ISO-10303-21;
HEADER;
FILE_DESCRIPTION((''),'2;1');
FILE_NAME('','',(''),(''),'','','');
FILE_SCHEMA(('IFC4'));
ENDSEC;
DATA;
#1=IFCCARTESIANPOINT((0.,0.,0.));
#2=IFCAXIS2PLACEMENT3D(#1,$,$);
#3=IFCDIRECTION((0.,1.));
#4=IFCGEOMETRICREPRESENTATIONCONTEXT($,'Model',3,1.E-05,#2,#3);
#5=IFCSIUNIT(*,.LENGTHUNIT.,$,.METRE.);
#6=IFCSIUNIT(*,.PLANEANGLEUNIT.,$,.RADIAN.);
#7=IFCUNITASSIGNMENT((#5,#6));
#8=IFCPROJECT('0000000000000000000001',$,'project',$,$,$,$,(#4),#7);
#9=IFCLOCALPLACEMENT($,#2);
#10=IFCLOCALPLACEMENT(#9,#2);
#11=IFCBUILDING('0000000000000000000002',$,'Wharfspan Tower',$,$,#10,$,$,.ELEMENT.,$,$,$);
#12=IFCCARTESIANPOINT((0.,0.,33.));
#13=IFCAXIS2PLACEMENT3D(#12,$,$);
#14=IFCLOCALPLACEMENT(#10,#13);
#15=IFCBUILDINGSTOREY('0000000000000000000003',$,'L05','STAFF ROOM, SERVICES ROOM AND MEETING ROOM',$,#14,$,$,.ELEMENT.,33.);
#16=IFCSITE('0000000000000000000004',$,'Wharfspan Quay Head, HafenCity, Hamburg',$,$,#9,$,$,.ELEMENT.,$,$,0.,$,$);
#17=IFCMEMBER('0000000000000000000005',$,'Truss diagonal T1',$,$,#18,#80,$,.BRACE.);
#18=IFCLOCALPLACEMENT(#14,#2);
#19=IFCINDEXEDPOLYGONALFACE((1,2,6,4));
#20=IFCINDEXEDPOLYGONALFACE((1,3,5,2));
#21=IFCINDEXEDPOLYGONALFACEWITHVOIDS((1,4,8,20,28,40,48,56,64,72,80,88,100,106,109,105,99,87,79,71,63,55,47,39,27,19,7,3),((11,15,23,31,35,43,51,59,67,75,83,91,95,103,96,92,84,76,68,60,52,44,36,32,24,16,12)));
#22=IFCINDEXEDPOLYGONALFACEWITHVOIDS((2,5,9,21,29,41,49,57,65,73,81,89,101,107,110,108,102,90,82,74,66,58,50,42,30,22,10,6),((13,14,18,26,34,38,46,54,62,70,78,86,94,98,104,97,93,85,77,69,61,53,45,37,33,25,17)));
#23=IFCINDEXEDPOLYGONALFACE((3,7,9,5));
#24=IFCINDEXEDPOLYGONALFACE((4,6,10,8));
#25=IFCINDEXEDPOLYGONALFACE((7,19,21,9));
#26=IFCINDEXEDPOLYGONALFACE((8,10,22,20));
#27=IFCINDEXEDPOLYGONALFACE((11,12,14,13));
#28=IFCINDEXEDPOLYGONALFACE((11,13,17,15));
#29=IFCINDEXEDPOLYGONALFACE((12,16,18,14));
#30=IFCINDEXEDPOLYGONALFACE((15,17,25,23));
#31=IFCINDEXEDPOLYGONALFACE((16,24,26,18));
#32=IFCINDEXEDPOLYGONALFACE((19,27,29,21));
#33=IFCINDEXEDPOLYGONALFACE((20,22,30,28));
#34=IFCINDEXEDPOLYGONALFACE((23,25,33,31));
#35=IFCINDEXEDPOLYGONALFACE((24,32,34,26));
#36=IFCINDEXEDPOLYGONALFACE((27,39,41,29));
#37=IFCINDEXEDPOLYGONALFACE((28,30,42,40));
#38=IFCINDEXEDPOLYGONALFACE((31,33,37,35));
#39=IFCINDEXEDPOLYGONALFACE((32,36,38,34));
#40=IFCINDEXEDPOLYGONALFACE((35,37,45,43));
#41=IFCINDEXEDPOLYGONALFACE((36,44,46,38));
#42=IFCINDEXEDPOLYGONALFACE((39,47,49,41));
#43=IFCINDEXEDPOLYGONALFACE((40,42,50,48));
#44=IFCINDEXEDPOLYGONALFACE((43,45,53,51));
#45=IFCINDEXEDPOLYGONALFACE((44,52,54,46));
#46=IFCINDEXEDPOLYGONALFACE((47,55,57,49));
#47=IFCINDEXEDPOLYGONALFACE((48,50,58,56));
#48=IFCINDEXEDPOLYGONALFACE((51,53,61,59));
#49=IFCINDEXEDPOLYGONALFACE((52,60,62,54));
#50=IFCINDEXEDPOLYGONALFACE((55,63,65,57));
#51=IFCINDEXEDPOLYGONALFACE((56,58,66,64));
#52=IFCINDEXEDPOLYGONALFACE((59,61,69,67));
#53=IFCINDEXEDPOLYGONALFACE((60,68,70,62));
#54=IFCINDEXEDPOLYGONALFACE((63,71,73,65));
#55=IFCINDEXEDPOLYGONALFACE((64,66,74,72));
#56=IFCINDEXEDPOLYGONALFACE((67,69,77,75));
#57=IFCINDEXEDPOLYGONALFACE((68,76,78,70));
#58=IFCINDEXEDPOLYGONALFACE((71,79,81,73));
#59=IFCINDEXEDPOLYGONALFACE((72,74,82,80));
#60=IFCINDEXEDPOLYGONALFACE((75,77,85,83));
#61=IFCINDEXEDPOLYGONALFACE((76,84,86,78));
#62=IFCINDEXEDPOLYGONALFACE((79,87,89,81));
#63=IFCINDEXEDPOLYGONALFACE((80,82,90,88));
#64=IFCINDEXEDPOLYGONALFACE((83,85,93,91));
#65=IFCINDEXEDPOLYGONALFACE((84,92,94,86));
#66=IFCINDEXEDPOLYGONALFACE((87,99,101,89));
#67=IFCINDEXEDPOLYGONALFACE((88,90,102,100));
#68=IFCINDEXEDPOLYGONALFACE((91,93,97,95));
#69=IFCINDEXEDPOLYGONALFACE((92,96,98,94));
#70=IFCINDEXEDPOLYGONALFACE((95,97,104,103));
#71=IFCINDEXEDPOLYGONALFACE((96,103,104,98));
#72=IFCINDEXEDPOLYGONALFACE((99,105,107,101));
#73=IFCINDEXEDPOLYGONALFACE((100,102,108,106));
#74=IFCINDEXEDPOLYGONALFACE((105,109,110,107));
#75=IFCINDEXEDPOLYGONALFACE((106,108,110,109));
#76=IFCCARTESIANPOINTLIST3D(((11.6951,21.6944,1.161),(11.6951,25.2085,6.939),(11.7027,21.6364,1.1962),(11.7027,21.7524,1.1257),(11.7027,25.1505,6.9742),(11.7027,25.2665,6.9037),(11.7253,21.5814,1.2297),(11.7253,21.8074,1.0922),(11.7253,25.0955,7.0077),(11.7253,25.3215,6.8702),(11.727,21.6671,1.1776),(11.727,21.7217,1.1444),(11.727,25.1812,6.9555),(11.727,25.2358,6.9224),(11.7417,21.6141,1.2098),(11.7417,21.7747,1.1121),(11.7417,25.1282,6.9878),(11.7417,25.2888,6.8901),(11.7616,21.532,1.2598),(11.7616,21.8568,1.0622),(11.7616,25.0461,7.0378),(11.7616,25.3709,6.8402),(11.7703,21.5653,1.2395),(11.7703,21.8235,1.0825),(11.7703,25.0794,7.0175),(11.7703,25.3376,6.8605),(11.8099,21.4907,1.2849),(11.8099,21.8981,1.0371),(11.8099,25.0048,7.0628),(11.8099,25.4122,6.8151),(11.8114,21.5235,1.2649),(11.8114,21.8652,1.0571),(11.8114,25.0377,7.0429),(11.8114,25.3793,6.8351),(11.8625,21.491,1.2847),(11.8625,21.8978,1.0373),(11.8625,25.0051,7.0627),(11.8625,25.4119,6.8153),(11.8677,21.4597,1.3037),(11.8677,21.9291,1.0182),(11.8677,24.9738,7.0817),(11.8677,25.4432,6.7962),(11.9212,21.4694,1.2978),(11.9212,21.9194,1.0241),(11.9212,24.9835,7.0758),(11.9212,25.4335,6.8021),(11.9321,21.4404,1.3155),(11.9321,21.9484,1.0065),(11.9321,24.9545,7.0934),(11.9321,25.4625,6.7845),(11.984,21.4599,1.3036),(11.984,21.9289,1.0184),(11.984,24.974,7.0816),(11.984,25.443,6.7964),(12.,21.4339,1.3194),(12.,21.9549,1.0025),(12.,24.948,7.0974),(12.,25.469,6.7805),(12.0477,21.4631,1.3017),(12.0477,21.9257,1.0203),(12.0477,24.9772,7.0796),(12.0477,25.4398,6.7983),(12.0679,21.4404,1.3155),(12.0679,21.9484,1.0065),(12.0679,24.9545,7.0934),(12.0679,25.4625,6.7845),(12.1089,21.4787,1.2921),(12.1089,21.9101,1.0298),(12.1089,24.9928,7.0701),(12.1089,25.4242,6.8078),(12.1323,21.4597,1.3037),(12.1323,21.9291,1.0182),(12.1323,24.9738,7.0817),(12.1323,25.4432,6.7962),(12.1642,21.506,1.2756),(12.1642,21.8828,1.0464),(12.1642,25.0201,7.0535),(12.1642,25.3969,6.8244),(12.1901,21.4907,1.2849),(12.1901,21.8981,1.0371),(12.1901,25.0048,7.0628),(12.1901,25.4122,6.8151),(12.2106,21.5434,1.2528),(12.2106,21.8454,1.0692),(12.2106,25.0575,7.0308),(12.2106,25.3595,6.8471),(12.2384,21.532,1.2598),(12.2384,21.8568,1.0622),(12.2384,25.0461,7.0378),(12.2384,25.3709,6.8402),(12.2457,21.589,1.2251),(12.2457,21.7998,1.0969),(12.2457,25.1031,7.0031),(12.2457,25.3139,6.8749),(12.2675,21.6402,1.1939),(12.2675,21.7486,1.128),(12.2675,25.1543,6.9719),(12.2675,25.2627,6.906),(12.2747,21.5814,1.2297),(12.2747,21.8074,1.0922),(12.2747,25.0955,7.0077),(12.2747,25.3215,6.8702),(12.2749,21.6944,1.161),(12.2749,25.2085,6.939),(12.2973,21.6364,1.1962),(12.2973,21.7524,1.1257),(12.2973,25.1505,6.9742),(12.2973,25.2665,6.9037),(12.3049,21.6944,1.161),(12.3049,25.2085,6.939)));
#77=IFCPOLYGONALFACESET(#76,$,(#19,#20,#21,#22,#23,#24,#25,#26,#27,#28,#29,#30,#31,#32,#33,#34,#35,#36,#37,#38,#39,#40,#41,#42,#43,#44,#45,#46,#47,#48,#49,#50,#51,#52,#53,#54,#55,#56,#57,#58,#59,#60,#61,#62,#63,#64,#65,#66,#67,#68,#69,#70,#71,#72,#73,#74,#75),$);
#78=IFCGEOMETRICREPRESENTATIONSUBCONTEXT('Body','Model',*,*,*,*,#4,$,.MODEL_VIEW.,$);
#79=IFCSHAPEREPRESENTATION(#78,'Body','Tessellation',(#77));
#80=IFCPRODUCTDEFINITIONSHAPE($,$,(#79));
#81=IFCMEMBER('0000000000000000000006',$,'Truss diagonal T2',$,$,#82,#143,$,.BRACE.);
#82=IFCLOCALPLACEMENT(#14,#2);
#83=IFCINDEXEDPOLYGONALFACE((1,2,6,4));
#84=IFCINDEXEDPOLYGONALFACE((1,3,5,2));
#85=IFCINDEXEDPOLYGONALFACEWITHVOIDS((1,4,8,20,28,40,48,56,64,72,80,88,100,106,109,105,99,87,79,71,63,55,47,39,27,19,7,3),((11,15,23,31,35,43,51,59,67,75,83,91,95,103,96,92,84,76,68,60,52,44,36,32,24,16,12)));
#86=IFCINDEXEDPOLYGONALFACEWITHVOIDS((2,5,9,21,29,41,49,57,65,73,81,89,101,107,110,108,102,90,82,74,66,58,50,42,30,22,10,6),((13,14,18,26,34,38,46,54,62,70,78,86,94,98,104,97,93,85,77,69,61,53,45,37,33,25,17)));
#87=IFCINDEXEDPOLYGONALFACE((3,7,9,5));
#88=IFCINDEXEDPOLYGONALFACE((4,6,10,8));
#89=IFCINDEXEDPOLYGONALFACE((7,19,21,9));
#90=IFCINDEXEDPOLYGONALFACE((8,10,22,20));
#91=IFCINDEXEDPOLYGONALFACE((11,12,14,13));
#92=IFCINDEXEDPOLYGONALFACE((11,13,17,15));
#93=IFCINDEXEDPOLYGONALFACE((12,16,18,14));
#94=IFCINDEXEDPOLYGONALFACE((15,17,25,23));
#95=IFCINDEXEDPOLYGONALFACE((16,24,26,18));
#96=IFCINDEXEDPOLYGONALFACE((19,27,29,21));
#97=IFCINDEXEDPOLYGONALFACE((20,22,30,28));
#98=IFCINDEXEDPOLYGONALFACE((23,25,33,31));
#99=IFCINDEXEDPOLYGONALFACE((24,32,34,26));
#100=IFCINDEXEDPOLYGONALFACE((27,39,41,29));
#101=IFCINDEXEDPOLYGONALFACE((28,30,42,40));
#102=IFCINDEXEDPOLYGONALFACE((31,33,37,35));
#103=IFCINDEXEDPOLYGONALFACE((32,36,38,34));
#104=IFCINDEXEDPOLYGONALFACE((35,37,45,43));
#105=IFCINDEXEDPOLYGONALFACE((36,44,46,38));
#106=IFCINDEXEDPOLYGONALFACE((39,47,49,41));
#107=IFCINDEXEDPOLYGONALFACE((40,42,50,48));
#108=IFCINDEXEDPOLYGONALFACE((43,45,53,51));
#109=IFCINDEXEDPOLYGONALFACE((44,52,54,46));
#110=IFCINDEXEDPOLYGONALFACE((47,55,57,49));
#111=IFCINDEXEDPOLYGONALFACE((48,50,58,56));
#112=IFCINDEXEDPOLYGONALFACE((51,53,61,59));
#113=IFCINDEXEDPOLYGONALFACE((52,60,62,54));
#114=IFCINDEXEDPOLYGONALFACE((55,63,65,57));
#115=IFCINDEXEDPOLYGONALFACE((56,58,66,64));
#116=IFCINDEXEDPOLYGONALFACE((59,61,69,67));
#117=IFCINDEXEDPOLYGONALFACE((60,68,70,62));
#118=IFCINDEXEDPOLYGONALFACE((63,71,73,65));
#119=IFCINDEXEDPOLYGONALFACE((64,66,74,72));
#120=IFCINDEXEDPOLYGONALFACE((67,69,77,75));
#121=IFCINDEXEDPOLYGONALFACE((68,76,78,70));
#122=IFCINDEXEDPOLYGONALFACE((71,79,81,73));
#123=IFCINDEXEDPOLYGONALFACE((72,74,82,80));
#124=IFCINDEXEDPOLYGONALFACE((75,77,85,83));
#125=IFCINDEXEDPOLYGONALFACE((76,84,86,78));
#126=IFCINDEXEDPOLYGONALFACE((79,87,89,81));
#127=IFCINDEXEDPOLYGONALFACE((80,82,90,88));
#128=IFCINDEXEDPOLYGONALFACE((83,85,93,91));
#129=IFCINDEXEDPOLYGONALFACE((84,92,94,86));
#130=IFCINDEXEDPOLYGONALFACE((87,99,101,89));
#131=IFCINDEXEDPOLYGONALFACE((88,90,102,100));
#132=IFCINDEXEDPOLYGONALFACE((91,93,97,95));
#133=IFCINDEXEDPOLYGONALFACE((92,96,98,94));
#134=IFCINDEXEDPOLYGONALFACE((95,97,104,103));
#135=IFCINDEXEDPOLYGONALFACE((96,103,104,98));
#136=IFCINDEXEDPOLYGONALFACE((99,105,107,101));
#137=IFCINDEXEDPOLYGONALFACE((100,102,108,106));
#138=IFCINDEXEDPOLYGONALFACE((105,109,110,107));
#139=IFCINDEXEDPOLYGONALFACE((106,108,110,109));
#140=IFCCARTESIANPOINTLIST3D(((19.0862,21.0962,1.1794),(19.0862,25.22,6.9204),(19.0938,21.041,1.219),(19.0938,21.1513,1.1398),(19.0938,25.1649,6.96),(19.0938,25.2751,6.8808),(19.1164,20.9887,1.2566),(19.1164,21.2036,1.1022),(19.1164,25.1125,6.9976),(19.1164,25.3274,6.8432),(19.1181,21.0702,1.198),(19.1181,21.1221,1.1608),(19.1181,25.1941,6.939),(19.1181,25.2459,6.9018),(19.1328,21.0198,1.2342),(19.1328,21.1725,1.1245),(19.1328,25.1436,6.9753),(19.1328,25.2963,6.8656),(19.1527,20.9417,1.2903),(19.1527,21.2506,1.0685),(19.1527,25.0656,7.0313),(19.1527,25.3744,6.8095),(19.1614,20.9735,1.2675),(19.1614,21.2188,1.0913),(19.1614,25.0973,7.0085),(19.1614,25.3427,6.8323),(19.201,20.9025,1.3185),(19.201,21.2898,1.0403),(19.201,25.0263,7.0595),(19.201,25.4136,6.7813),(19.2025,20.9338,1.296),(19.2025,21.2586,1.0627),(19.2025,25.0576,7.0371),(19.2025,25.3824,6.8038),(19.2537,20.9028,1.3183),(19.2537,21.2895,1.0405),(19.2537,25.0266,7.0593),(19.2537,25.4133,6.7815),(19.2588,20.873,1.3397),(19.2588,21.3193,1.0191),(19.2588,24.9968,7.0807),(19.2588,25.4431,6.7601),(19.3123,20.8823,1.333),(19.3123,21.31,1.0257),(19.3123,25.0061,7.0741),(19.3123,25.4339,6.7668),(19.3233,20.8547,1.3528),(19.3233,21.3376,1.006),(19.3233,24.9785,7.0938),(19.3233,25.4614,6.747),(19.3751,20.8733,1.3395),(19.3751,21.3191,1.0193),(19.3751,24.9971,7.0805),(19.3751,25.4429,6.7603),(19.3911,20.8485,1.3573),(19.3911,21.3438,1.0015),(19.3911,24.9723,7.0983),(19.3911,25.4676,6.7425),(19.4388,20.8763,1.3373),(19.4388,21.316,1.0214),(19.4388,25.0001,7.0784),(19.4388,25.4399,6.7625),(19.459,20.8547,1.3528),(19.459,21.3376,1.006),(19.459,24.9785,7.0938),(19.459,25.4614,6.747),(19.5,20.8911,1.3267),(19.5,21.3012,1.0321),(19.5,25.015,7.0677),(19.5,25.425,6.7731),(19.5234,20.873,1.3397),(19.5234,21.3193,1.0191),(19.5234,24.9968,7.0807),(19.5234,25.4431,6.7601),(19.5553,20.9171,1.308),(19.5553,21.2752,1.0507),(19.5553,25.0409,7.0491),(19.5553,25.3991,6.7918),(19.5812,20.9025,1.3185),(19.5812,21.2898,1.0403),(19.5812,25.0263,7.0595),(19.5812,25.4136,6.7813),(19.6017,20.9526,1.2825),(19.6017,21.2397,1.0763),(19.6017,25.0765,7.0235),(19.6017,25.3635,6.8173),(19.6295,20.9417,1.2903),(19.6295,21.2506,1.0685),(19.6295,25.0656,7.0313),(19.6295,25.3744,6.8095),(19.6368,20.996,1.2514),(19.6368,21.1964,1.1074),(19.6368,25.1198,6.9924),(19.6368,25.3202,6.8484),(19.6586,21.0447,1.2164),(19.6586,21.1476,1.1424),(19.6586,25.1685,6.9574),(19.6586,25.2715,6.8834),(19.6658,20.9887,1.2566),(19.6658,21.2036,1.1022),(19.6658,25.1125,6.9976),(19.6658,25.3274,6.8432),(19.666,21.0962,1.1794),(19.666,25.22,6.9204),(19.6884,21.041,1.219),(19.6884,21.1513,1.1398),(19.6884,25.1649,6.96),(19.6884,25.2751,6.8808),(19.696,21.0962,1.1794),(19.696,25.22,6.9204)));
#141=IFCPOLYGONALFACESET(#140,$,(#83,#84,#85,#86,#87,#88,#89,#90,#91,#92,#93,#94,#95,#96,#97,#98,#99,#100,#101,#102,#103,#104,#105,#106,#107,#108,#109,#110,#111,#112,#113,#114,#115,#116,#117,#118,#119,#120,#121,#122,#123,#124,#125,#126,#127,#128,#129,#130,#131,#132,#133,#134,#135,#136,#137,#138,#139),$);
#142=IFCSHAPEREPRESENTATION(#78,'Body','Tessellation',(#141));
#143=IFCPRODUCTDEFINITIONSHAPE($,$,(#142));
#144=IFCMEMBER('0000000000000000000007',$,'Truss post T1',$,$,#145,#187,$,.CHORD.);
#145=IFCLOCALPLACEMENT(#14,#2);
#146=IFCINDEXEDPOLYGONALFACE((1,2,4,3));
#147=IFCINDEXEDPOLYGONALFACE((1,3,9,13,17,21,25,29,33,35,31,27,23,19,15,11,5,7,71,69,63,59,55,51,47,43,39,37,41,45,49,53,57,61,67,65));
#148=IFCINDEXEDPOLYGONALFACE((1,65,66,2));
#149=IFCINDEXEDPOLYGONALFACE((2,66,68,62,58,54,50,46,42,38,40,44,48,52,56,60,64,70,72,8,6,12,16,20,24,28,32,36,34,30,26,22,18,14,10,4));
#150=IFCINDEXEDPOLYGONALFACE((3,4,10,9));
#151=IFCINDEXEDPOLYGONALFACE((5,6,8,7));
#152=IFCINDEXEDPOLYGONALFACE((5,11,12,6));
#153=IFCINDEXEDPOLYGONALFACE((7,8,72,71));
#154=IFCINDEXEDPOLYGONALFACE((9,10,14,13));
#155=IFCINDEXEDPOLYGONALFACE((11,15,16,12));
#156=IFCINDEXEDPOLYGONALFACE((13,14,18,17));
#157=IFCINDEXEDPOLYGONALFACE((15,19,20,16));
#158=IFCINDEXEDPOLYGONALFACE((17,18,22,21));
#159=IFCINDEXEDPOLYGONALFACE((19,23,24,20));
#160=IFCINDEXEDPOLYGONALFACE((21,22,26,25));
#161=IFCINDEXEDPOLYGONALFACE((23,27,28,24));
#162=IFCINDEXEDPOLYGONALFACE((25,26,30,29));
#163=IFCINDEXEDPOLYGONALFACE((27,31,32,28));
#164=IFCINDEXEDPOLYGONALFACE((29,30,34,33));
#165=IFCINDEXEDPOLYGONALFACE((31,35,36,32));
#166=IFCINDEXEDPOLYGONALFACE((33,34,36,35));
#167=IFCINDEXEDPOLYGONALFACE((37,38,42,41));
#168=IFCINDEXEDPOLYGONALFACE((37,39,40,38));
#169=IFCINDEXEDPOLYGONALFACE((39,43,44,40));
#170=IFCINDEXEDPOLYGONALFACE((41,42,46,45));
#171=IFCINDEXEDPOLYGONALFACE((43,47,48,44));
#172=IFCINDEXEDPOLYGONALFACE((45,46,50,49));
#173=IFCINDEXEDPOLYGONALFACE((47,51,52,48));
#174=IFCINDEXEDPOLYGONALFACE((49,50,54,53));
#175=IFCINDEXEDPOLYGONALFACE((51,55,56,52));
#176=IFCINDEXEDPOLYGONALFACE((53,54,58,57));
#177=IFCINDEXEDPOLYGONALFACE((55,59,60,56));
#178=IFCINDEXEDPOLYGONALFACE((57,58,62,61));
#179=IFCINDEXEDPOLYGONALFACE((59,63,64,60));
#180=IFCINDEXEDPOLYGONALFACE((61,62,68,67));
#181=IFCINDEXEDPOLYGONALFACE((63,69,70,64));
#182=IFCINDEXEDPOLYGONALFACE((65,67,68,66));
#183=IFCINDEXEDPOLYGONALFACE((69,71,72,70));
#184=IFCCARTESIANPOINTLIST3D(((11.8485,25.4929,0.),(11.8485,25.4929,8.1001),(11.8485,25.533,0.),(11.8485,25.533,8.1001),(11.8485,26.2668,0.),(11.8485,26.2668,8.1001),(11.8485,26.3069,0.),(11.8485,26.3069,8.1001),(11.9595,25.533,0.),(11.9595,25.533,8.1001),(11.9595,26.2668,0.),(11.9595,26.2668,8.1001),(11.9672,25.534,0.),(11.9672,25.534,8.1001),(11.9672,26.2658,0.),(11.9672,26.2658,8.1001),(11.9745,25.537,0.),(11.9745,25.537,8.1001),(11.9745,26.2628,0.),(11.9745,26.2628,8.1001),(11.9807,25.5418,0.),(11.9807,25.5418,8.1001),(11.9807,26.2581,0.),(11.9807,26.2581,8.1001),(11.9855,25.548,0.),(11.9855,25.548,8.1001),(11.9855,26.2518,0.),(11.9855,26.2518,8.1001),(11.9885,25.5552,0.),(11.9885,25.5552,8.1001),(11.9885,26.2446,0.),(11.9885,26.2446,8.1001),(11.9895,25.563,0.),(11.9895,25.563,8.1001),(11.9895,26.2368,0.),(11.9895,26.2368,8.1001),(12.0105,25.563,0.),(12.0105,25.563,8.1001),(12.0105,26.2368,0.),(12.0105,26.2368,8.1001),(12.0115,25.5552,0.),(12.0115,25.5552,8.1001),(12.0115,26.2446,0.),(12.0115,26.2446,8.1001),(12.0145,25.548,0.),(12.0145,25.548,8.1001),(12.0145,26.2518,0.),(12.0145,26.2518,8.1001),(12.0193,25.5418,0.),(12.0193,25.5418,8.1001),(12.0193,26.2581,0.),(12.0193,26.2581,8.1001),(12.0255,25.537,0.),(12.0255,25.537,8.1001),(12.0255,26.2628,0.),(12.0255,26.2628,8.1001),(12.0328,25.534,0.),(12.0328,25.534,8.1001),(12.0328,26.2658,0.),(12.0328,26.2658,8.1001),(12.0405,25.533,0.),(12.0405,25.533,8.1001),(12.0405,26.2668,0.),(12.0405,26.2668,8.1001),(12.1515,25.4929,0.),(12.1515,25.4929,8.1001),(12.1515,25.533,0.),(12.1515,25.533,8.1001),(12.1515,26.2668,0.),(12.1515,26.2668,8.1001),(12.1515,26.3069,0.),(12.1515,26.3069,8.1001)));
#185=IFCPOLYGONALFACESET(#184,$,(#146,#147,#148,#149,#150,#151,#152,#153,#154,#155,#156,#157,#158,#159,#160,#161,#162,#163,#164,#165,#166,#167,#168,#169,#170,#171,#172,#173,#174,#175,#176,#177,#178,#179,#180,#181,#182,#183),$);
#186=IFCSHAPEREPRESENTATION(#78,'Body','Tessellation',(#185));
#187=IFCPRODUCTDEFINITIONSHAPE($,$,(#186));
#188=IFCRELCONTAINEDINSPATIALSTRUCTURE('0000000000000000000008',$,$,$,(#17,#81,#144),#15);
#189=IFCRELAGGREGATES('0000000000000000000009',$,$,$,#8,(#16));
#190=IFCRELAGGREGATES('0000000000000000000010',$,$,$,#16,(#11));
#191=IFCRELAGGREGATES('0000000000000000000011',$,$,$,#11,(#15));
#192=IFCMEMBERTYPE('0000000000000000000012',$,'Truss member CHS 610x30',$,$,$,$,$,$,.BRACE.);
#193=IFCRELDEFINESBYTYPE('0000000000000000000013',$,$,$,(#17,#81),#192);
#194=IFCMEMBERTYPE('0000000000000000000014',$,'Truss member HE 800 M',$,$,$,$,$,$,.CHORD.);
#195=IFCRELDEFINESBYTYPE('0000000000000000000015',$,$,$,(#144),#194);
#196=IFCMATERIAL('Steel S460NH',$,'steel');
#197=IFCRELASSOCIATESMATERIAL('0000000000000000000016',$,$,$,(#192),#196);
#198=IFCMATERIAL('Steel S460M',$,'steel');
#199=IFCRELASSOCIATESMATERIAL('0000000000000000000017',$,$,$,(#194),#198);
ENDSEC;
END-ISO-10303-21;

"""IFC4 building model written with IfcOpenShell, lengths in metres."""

from ifc_helpers import new_model, si_unit, direction, frame, origin, origin_2d, place, context, subcontext, project, spatial, hollow_circle, i_section, extrude, material, material_profile, profile_set, type_object, element, save


model = new_model("IFC4")

# Units and contexts
model_context = context("Model", 3, precision=1e-05, world=origin(), true_north=direction((0.0, 1.0)))
body_context = subcontext(model_context, "Body", "Model", "MODEL_VIEW")
ifc_project = project(units=[si_unit("LENGTHUNIT", "METRE"), si_unit("PLANEANGLEUNIT", "RADIAN")], contexts=[model_context])

# Site, building, storey
site_placement = place(None, origin())
site = spatial("IfcSite", under=ifc_project, at=site_placement, Name="Wharfspan Quay Head, HafenCity, Hamburg", CompositionType="ELEMENT", RefElevation=0.0)
building_placement = place(site_placement, origin())
building = spatial("IfcBuilding", under=site, at=building_placement, Name="Wharfspan Tower", CompositionType="ELEMENT")
storey_placement = place(building_placement, frame((0.0, 0.0, 33.0)))
storey = spatial("IfcBuildingStorey", under=building, at=storey_placement, Name="L05", Description="STAFF ROOM, SERVICES ROOM AND MEETING ROOM", CompositionType="ELEMENT", Elevation=33.0)

# Members
ifc_material_1 = material(Name="Steel S460NH", Category="steel")
ifc_material_profile_1 = material_profile(ifc_material_1, hollow_circle(Radius=0.3049, WallThickness=0.03, at=origin_2d()))
ifc_profile_set_1 = profile_set([ifc_material_profile_1], Name="Steel S460NH")
member_type_1 = type_object("IfcMemberType", Name="Truss member CHS 610x30", PredefinedType="BRACE", material=ifc_profile_set_1)
member_1_placement = place(storey_placement, frame((12.0, 25.2085, 6.939), z_axis=(0.0, -0.519631, -0.854391), x_axis=(1.0, 0.0, 0.0)))
element("IfcMember", 1, at=member_1_placement, inside=storey, type_object=member_type_1, Name="Truss diagonal T1", PredefinedType="BRACE", context=body_context, shape_type="SweptSolid", body=[
    extrude(hollow_circle(Radius=0.3049, WallThickness=0.03, at=origin_2d()), origin(), (0.0, 0.0, 1.0), 6.7627),
])
member_2_placement = place(storey_placement, frame((19.3911, 25.22, 6.9204), z_axis=(0.0, -0.583399, -0.812186), x_axis=(1.0, 0.0, 0.0)))
element("IfcMember", 2, at=member_2_placement, inside=storey, type_object=member_type_1, Name="Truss diagonal T2", PredefinedType="BRACE", context=body_context, shape_type="SweptSolid", body=[
    extrude(hollow_circle(Radius=0.3049, WallThickness=0.03, at=origin_2d()), origin(), (0.0, 0.0, 1.0), 7.0686),
])
ifc_material_2 = material(Name="Steel S460M", Category="steel")
ifc_material_profile_2 = material_profile(ifc_material_2, i_section(OverallWidth=0.303, OverallDepth=0.814, WebThickness=0.021, FlangeThickness=0.04, FilletRadius=0.03, at=origin_2d()))
ifc_profile_set_2 = profile_set([ifc_material_profile_2], Name="Steel S460M")
member_type_2 = type_object("IfcMemberType", Name="Truss member HE 800 M", PredefinedType="CHORD", material=ifc_profile_set_2)
for number, where, z_axis, x_axis, name in (
    (3, (12.0, 25.8999, 0.0), (0.0, 0.0, 1.0), (1.0, 0.0, 0.0), "Truss post T1"),
):
    element("IfcMember", number, at=place(storey_placement, frame(where, z_axis=z_axis, x_axis=x_axis)), inside=storey, type_object=member_type_2, Name=name, PredefinedType="CHORD", context=body_context, shape_type="SweptSolid", body=[
        extrude(i_section(OverallWidth=0.303, OverallDepth=0.814, WebThickness=0.021, FlangeThickness=0.04, FilletRadius=0.03, at=origin_2d()), origin(), (0.0, 0.0, 1.0), 8.1001),
    ])

save(model, "model.ifc")
